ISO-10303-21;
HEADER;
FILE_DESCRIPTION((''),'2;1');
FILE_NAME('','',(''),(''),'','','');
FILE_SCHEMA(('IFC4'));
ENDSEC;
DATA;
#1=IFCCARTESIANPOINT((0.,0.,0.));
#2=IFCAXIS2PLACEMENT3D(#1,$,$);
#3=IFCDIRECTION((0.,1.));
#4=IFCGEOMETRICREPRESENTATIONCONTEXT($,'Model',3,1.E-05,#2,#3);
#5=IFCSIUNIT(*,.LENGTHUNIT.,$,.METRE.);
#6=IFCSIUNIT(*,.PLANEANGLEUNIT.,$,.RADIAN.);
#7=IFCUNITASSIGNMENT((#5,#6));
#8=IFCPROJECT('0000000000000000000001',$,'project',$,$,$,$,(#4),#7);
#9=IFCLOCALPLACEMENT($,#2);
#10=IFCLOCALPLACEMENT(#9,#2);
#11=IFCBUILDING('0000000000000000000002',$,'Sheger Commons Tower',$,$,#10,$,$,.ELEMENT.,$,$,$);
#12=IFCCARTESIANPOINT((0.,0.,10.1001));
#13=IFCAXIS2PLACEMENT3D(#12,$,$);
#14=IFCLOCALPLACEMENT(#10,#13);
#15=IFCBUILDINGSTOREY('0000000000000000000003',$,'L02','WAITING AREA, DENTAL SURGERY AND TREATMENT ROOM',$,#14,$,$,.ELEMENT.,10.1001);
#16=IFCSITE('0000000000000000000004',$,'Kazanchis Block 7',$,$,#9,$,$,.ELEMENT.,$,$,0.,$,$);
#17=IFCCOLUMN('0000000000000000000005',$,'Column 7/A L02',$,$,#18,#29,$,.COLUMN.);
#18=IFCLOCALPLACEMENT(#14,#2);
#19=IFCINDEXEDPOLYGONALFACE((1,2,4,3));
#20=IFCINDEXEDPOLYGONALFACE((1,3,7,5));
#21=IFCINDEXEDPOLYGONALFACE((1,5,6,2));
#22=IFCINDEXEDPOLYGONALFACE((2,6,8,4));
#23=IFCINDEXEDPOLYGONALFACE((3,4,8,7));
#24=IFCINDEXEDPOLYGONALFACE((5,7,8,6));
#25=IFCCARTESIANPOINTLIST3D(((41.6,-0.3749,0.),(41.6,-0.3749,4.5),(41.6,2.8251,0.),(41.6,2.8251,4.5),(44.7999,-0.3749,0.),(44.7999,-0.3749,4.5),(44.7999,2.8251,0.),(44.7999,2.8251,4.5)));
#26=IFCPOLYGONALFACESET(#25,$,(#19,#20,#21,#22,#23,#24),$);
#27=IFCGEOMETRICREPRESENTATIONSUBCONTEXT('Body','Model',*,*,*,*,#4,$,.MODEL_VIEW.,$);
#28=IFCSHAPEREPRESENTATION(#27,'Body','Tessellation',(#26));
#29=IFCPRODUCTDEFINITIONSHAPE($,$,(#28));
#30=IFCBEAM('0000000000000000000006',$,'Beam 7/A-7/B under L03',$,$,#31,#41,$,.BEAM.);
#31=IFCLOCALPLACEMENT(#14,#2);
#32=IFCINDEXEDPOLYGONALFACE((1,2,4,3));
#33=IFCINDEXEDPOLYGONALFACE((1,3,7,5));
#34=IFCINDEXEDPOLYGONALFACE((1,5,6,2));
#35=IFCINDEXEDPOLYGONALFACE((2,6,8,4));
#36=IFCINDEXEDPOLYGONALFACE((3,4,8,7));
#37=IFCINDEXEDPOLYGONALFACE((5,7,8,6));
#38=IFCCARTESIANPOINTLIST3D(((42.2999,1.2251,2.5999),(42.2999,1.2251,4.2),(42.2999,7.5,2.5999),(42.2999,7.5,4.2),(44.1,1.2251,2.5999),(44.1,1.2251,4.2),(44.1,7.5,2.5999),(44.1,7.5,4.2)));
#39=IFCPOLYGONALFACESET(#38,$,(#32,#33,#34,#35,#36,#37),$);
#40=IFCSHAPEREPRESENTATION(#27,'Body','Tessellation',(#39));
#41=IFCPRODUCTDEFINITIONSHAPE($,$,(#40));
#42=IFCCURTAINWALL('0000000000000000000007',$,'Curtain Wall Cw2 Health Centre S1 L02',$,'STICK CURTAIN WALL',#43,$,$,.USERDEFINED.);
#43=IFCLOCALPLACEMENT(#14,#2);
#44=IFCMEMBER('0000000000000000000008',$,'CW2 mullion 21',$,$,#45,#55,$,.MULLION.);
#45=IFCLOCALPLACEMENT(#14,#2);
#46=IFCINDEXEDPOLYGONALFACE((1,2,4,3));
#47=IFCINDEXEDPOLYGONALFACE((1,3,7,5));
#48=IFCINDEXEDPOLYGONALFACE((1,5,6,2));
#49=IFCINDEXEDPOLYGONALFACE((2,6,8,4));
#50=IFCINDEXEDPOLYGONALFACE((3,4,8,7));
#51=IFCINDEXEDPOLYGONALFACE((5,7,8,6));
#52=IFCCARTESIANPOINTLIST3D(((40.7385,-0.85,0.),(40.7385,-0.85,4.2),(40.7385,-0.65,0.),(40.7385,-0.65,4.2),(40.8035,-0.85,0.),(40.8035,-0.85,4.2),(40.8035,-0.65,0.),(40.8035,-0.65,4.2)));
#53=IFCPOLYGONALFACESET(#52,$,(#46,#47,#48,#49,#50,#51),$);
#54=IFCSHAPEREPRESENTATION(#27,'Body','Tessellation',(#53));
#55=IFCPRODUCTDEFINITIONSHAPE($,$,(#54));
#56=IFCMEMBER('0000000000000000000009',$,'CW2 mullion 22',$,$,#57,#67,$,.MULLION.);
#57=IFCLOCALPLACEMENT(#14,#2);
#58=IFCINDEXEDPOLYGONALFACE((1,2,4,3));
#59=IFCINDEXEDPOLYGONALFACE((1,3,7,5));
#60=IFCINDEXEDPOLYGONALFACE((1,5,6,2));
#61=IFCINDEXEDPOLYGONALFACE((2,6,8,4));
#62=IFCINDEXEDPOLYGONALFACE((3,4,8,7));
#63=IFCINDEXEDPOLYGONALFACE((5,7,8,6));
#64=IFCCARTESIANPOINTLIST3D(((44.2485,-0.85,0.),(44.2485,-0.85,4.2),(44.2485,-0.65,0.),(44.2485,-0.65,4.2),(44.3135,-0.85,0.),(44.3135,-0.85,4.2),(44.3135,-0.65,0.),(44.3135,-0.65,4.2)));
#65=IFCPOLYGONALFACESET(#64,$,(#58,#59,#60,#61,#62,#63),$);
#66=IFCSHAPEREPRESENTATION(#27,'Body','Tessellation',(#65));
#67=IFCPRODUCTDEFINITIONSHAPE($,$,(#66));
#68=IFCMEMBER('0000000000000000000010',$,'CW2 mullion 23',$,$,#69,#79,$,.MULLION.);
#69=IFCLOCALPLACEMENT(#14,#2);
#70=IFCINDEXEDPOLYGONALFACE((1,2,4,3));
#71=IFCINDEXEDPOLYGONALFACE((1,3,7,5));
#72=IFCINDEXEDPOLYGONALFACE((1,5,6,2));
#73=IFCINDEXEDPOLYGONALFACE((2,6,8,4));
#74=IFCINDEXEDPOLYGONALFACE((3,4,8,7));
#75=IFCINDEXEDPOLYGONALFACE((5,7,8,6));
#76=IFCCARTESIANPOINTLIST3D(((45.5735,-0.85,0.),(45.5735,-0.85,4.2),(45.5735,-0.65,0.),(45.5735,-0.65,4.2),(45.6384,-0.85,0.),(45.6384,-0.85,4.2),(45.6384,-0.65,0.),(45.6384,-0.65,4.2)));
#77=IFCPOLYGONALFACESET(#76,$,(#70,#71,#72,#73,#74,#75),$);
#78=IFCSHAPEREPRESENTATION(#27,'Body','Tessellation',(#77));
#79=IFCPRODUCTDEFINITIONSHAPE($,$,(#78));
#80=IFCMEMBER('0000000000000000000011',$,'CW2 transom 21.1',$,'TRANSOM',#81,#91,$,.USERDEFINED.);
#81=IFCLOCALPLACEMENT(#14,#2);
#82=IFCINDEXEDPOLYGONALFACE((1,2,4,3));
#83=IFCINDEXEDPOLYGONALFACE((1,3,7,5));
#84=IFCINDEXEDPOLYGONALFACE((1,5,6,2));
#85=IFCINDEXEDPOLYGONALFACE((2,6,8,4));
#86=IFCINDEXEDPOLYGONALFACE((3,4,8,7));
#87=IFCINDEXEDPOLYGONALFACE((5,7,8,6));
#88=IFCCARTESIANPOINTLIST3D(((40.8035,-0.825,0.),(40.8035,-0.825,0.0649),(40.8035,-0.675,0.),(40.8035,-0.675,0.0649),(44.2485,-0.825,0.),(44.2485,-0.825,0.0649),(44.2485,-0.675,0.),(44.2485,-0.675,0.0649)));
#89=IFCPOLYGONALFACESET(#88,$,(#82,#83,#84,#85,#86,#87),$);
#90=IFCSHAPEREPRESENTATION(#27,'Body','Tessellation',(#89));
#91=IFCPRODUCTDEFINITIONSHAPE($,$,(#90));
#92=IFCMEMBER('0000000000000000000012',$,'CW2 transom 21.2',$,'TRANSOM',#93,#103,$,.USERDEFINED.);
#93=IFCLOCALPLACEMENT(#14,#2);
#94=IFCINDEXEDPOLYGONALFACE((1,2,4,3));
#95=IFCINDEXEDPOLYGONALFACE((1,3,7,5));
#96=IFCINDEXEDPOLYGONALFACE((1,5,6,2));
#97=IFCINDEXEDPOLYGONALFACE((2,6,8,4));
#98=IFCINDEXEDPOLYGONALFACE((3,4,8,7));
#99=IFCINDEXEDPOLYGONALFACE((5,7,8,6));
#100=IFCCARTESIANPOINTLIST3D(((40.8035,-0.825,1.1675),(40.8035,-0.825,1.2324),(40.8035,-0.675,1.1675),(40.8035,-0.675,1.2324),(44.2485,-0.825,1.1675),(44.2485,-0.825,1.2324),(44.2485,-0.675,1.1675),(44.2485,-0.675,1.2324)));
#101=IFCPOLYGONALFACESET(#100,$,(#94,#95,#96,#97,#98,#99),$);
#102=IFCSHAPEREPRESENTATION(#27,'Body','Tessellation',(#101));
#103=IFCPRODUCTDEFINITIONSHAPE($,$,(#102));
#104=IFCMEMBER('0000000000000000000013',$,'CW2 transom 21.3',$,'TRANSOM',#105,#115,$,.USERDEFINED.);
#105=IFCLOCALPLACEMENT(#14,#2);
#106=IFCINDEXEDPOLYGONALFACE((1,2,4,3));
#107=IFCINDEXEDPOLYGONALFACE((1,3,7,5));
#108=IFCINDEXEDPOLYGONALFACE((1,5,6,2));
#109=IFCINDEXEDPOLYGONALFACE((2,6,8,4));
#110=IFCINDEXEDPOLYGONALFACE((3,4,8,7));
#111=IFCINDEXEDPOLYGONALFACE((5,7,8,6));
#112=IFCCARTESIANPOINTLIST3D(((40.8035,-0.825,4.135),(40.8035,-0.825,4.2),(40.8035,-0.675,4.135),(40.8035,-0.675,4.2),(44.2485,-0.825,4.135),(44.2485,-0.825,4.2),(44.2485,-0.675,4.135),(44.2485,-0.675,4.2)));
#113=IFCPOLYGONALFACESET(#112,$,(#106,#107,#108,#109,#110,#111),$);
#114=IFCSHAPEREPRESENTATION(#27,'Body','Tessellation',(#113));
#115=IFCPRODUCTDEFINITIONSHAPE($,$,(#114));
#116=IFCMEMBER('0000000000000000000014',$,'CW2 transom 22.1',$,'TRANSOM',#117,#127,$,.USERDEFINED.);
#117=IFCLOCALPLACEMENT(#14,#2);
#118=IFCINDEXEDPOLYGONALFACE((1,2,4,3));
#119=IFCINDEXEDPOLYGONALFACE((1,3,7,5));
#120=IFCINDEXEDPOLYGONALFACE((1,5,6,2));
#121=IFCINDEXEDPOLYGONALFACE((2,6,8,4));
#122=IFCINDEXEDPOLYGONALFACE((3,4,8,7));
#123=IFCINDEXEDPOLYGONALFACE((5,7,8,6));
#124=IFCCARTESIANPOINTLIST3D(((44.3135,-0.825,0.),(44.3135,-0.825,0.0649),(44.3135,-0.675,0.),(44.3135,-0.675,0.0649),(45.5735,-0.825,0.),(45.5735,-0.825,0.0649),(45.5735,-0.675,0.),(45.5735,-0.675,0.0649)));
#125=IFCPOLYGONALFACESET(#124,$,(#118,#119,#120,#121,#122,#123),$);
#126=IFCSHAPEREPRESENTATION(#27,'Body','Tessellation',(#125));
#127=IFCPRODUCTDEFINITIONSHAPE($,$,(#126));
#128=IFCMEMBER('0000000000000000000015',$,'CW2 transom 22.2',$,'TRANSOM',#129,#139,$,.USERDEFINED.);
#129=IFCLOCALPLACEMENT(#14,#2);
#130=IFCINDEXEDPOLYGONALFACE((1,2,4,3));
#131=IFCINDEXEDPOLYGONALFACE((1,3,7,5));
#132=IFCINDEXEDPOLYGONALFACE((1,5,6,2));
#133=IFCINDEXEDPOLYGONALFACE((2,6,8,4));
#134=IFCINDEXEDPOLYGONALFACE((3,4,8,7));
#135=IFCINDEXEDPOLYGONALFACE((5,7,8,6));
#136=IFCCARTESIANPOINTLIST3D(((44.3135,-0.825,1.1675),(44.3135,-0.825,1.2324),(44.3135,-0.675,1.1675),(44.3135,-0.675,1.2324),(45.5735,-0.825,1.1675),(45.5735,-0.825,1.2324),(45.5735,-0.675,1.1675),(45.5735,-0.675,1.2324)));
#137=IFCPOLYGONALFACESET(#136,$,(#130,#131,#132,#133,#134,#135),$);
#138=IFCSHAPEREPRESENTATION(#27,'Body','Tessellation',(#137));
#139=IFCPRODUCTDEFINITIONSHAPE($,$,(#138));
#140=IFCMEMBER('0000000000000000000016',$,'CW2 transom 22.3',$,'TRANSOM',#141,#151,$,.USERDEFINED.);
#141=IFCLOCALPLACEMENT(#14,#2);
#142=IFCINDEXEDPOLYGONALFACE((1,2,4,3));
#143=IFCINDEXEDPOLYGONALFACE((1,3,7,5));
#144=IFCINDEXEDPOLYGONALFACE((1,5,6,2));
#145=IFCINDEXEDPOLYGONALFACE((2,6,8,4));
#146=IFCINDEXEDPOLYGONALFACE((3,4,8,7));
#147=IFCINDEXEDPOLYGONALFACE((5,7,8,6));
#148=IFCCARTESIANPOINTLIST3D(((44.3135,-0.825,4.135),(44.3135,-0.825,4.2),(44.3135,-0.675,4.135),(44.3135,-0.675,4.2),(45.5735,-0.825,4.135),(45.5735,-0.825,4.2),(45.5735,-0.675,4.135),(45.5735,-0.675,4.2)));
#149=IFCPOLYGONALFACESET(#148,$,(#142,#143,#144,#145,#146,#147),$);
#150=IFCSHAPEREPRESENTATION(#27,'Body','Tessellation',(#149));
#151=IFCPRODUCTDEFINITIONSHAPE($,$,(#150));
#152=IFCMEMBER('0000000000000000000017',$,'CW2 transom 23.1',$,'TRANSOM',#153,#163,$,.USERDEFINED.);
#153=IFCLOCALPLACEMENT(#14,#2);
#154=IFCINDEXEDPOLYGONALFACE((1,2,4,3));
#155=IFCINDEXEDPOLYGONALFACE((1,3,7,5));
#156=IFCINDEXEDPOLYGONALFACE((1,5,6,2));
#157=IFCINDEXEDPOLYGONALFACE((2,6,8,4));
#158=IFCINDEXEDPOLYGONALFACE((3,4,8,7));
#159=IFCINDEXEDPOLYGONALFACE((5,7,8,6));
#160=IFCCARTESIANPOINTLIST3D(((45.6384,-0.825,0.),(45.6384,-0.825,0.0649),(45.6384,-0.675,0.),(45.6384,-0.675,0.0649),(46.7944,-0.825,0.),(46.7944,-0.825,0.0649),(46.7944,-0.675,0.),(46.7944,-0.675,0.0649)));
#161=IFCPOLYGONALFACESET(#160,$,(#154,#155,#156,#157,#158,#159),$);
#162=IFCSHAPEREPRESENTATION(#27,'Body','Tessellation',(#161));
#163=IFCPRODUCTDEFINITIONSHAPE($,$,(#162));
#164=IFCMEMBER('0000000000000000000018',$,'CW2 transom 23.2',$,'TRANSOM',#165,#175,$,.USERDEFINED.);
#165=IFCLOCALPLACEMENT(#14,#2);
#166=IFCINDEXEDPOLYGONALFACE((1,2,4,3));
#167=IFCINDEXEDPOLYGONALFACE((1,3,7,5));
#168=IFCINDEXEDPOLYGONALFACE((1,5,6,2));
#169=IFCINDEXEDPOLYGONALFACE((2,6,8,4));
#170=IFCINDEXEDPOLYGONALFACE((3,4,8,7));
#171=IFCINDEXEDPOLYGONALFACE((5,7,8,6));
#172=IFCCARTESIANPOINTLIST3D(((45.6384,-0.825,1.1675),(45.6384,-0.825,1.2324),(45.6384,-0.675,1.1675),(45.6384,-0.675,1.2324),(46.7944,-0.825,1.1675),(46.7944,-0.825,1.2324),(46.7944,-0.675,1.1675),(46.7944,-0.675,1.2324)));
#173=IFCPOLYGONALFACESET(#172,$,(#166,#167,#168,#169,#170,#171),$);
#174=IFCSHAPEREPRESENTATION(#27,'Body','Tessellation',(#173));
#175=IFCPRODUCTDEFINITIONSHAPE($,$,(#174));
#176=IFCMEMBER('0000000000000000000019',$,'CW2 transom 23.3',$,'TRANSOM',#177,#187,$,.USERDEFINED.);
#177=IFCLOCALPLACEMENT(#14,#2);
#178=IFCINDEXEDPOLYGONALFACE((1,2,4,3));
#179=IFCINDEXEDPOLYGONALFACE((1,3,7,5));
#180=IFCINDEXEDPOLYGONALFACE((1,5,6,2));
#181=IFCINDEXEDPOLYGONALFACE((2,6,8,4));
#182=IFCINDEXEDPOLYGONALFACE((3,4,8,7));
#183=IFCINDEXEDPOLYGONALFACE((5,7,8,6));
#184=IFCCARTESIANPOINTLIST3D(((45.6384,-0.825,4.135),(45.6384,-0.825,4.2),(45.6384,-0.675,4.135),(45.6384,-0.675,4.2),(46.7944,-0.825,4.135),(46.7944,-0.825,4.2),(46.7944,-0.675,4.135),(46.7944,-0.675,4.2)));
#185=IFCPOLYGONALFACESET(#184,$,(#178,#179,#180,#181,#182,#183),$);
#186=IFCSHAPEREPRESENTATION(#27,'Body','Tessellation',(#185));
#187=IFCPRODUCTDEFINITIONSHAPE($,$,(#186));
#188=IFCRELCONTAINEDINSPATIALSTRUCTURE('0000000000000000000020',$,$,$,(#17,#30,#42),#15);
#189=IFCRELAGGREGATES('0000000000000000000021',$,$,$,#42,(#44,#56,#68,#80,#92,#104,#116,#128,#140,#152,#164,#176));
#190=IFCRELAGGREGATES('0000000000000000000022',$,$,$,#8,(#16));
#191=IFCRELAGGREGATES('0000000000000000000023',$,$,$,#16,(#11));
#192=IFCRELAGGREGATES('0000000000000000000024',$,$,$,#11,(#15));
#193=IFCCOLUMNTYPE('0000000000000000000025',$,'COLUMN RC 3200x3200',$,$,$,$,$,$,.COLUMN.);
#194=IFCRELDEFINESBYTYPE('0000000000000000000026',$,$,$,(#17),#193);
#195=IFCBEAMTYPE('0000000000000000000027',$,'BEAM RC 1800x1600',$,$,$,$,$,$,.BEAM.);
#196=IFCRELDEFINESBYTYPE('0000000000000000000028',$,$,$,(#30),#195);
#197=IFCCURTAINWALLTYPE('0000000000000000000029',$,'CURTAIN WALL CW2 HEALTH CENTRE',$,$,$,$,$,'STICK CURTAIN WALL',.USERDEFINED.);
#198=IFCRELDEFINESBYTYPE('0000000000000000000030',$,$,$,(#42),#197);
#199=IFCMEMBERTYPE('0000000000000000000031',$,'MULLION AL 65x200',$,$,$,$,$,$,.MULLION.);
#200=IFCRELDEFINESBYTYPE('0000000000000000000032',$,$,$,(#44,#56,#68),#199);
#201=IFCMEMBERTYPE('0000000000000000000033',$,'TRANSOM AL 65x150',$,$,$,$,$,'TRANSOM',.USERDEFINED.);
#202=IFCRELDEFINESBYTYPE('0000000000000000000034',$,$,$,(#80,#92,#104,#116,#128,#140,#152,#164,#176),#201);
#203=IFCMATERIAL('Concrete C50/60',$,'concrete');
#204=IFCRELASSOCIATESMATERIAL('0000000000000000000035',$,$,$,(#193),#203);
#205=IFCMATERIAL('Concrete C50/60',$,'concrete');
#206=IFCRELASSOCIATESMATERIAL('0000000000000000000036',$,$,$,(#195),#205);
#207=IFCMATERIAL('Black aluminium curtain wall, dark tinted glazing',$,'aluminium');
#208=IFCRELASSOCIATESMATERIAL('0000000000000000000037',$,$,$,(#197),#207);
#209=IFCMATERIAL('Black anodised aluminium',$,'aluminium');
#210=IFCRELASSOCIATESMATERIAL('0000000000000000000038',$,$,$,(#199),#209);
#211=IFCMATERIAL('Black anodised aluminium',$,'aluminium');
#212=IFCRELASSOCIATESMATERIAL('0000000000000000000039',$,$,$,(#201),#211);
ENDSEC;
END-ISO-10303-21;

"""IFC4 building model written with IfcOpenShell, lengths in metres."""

from ifc_helpers import new_model, si_unit, direction, frame, origin, origin_2d, place, context, subcontext, project, spatial, rectangle, extrude, material, material_profile, profile_set, type_object, element, aggregate, save


model = new_model("IFC4")

# Units and contexts
model_context = context("Model", 3, precision=1e-05, world=origin(), true_north=direction((0.0, 1.0)))
body_context = subcontext(model_context, "Body", "Model", "MODEL_VIEW")
ifc_project = project(units=[si_unit("LENGTHUNIT", "METRE"), si_unit("PLANEANGLEUNIT", "RADIAN")], contexts=[model_context])

# Site, building, storey
site_placement = place(None, origin())
site = spatial("IfcSite", under=ifc_project, at=site_placement, Name="Kazanchis Block 7", CompositionType="ELEMENT", RefElevation=0.0)
building_placement = place(site_placement, origin())
building = spatial("IfcBuilding", under=site, at=building_placement, Name="Sheger Commons Tower", CompositionType="ELEMENT")
storey_placement = place(building_placement, frame((0.0, 0.0, 10.1001)))
storey = spatial("IfcBuildingStorey", under=building, at=storey_placement, Name="L02", Description="WAITING AREA, DENTAL SURGERY AND TREATMENT ROOM", CompositionType="ELEMENT", Elevation=10.1001)

# Column
ifc_material_1 = material(Name="Concrete C50/60", Category="concrete")
ifc_material_profile_1 = material_profile(ifc_material_1, rectangle(XDim=3.2, YDim=3.2, at=origin_2d()), Name="RC 3200x3200")
ifc_profile_set_1 = profile_set([ifc_material_profile_1], Name="Concrete C50/60")
column_type = type_object("IfcColumnType", Name="COLUMN RC 3200x3200", PredefinedType="COLUMN", material=ifc_profile_set_1)
column_placement = place(storey_placement, frame((43.2, 1.2251, 0.0), z_axis=(0.0, 0.0, 1.0), x_axis=(1.0, 0.0, 0.0)))
element("IfcColumn", 1, at=column_placement, inside=storey, type_object=column_type, Name="Column 7/A L02", PredefinedType="COLUMN", context=body_context, shape_type="SweptSolid", body=[
    extrude(rectangle(XDim=3.2, YDim=3.2, at=origin_2d()), origin(), (0.0, 0.0, 1.0), 4.5),
])

# Beam
ifc_material_2 = material(Name="Concrete C50/60", Category="concrete")
ifc_material_profile_2 = material_profile(ifc_material_2, rectangle(XDim=1.8, YDim=1.6001, at=origin_2d()), Name="RC 1800x1600")
ifc_profile_set_2 = profile_set([ifc_material_profile_2], Name="Concrete C50/60")
beam_type = type_object("IfcBeamType", Name="BEAM RC 1800x1600", PredefinedType="BEAM", material=ifc_profile_set_2)
beam_placement = place(storey_placement, frame((43.2, 1.2251, 3.3999), z_axis=(0.0, 1.0, 0.0), x_axis=(-1.0, 0.0, 0.0)))
element("IfcBeam", 2, at=beam_placement, inside=storey, type_object=beam_type, Name="Beam 7/A-7/B under L03", PredefinedType="BEAM", context=body_context, shape_type="SweptSolid", body=[
    extrude(rectangle(XDim=1.8, YDim=1.6001, at=origin_2d()), origin(), (0.0, 0.0, 1.0), 6.2749),
])

# Curtain wall, members
ifc_material_3 = material(Name="Black aluminium curtain wall, dark tinted glazing", Category="aluminium")
curtain_wall_type = type_object("IfcCurtainWallType", Name="CURTAIN WALL CW2 HEALTH CENTRE", ElementType="STICK CURTAIN WALL", PredefinedType="USERDEFINED", material=ifc_material_3)
curtain_wall_placement = place(storey_placement, origin())
curtain_wall = element("IfcCurtainWall", 3, at=curtain_wall_placement, inside=storey, type_object=curtain_wall_type, Name="Curtain Wall Cw2 Health Centre S1 L02", ObjectType="STICK CURTAIN WALL", PredefinedType="USERDEFINED")
ifc_material_4 = material(Name="Black anodised aluminium", Category="aluminium")
ifc_material_profile_3 = material_profile(ifc_material_4, rectangle(XDim=0.2, YDim=0.0649, at=origin_2d()), Name="AL 65x200")
ifc_profile_set_3 = profile_set([ifc_material_profile_3], Name="Black anodised aluminium")
member_type_1 = type_object("IfcMemberType", Name="MULLION AL 65x200", PredefinedType="MULLION", material=ifc_profile_set_3)
member_1_placement = place(storey_placement, frame((40.771, -0.75, 0.0), z_axis=(0.0, 0.0, 1.0), x_axis=(0.0, 1.0, 0.0)))
member_1 = element("IfcMember", 4, at=member_1_placement, type_object=member_type_1, Name="CW2 mullion 21", PredefinedType="MULLION", context=body_context, shape_type="SweptSolid", body=[
    extrude(rectangle(XDim=0.2, YDim=0.0649, at=origin_2d()), origin(), (0.0, 0.0, 1.0), 4.2),
])
member_2_placement = place(storey_placement, frame((44.281, -0.75, 0.0), z_axis=(0.0, 0.0, 1.0), x_axis=(0.0, 1.0, 0.0)))
member_2 = element("IfcMember", 5, at=member_2_placement, type_object=member_type_1, Name="CW2 mullion 22", PredefinedType="MULLION", context=body_context, shape_type="SweptSolid", body=[
    extrude(rectangle(XDim=0.2, YDim=0.0649, at=origin_2d()), origin(), (0.0, 0.0, 1.0), 4.2),
])
member_3_placement = place(storey_placement, frame((45.606, -0.75, 0.0), z_axis=(0.0, 0.0, 1.0), x_axis=(0.0, 1.0, 0.0)))
member_3 = element("IfcMember", 6, at=member_3_placement, type_object=member_type_1, Name="CW2 mullion 23", PredefinedType="MULLION", context=body_context, shape_type="SweptSolid", body=[
    extrude(rectangle(XDim=0.2, YDim=0.0649, at=origin_2d()), origin(), (0.0, 0.0, 1.0), 4.2),
])
ifc_material_5 = material(Name="Black anodised aluminium", Category="aluminium")
ifc_material_profile_4 = material_profile(ifc_material_5, rectangle(XDim=0.1499, YDim=0.0649, at=origin_2d()), Name="AL 65x150")
ifc_profile_set_4 = profile_set([ifc_material_profile_4], Name="Black anodised aluminium")
member_type_2 = type_object("IfcMemberType", Name="TRANSOM AL 65x150", ElementType="TRANSOM", PredefinedType="USERDEFINED", material=ifc_profile_set_4)
member_4_placement = place(storey_placement, frame((40.8035, -0.75, 0.0325), z_axis=(1.0, 0.0, 0.0), x_axis=(0.0, 1.0, 0.0)))
member_4 = element("IfcMember", 7, at=member_4_placement, type_object=member_type_2, Name="CW2 transom 21.1", ObjectType="TRANSOM", PredefinedType="USERDEFINED", context=body_context, shape_type="SweptSolid", body=[
    extrude(rectangle(XDim=0.1499, YDim=0.0649, at=origin_2d()), origin(), (0.0, 0.0, 1.0), 3.4451),
])
member_5_placement = place(storey_placement, frame((40.8035, -0.75, 1.2), z_axis=(1.0, 0.0, 0.0), x_axis=(0.0, 1.0, 0.0)))
member_5 = element("IfcMember", 8, at=member_5_placement, type_object=member_type_2, Name="CW2 transom 21.2", ObjectType="TRANSOM", PredefinedType="USERDEFINED", context=body_context, shape_type="SweptSolid", body=[
    extrude(rectangle(XDim=0.1499, YDim=0.0649, at=origin_2d()), origin(), (0.0, 0.0, 1.0), 3.4451),
])
member_6_placement = place(storey_placement, frame((40.8035, -0.75, 4.1675), z_axis=(1.0, 0.0, 0.0), x_axis=(0.0, 1.0, 0.0)))
member_6 = element("IfcMember", 9, at=member_6_placement, type_object=member_type_2, Name="CW2 transom 21.3", ObjectType="TRANSOM", PredefinedType="USERDEFINED", context=body_context, shape_type="SweptSolid", body=[
    extrude(rectangle(XDim=0.1499, YDim=0.0649, at=origin_2d()), origin(), (0.0, 0.0, 1.0), 3.4451),
])
member_7_placement = place(storey_placement, frame((44.3135, -0.75, 0.0325), z_axis=(1.0, 0.0, 0.0), x_axis=(0.0, 1.0, 0.0)))
member_7 = element("IfcMember", 10, at=member_7_placement, type_object=member_type_2, Name="CW2 transom 22.1", ObjectType="TRANSOM", PredefinedType="USERDEFINED", context=body_context, shape_type="SweptSolid", body=[
    extrude(rectangle(XDim=0.1499, YDim=0.0649, at=origin_2d()), origin(), (0.0, 0.0, 1.0), 1.26),
])
member_8_placement = place(storey_placement, frame((44.3135, -0.75, 1.2), z_axis=(1.0, 0.0, 0.0), x_axis=(0.0, 1.0, 0.0)))
member_8 = element("IfcMember", 11, at=member_8_placement, type_object=member_type_2, Name="CW2 transom 22.2", ObjectType="TRANSOM", PredefinedType="USERDEFINED", context=body_context, shape_type="SweptSolid", body=[
    extrude(rectangle(XDim=0.1499, YDim=0.0649, at=origin_2d()), origin(), (0.0, 0.0, 1.0), 1.26),
])
member_9_placement = place(storey_placement, frame((44.3135, -0.75, 4.1675), z_axis=(1.0, 0.0, 0.0), x_axis=(0.0, 1.0, 0.0)))
member_9 = element("IfcMember", 12, at=member_9_placement, type_object=member_type_2, Name="CW2 transom 22.3", ObjectType="TRANSOM", PredefinedType="USERDEFINED", context=body_context, shape_type="SweptSolid", body=[
    extrude(rectangle(XDim=0.1499, YDim=0.0649, at=origin_2d()), origin(), (0.0, 0.0, 1.0), 1.26),
])
member_10_placement = place(storey_placement, frame((45.6384, -0.75, 0.0325), z_axis=(1.0, 0.0, 0.0), x_axis=(0.0, 1.0, 0.0)))
member_10 = element("IfcMember", 13, at=member_10_placement, type_object=member_type_2, Name="CW2 transom 23.1", ObjectType="TRANSOM", PredefinedType="USERDEFINED", context=body_context, shape_type="SweptSolid", body=[
    extrude(rectangle(XDim=0.1499, YDim=0.0649, at=origin_2d()), origin(), (0.0, 0.0, 1.0), 1.156),
])
member_11_placement = place(storey_placement, frame((45.6384, -0.75, 1.2), z_axis=(1.0, 0.0, 0.0), x_axis=(0.0, 1.0, 0.0)))
member_11 = element("IfcMember", 14, at=member_11_placement, type_object=member_type_2, Name="CW2 transom 23.2", ObjectType="TRANSOM", PredefinedType="USERDEFINED", context=body_context, shape_type="SweptSolid", body=[
    extrude(rectangle(XDim=0.1499, YDim=0.0649, at=origin_2d()), origin(), (0.0, 0.0, 1.0), 1.156),
])
member_12_placement = place(storey_placement, frame((45.6384, -0.75, 4.1675), z_axis=(1.0, 0.0, 0.0), x_axis=(0.0, 1.0, 0.0)))
member_12 = element("IfcMember", 15, at=member_12_placement, type_object=member_type_2, Name="CW2 transom 23.3", ObjectType="TRANSOM", PredefinedType="USERDEFINED", context=body_context, shape_type="SweptSolid", body=[
    extrude(rectangle(XDim=0.1499, YDim=0.0649, at=origin_2d()), origin(), (0.0, 0.0, 1.0), 1.156),
])
aggregate(curtain_wall, [member_1, member_2, member_3, member_4, member_5, member_6, member_7, member_8, member_9, member_10, member_11, member_12])

save(model, "model.ifc")
